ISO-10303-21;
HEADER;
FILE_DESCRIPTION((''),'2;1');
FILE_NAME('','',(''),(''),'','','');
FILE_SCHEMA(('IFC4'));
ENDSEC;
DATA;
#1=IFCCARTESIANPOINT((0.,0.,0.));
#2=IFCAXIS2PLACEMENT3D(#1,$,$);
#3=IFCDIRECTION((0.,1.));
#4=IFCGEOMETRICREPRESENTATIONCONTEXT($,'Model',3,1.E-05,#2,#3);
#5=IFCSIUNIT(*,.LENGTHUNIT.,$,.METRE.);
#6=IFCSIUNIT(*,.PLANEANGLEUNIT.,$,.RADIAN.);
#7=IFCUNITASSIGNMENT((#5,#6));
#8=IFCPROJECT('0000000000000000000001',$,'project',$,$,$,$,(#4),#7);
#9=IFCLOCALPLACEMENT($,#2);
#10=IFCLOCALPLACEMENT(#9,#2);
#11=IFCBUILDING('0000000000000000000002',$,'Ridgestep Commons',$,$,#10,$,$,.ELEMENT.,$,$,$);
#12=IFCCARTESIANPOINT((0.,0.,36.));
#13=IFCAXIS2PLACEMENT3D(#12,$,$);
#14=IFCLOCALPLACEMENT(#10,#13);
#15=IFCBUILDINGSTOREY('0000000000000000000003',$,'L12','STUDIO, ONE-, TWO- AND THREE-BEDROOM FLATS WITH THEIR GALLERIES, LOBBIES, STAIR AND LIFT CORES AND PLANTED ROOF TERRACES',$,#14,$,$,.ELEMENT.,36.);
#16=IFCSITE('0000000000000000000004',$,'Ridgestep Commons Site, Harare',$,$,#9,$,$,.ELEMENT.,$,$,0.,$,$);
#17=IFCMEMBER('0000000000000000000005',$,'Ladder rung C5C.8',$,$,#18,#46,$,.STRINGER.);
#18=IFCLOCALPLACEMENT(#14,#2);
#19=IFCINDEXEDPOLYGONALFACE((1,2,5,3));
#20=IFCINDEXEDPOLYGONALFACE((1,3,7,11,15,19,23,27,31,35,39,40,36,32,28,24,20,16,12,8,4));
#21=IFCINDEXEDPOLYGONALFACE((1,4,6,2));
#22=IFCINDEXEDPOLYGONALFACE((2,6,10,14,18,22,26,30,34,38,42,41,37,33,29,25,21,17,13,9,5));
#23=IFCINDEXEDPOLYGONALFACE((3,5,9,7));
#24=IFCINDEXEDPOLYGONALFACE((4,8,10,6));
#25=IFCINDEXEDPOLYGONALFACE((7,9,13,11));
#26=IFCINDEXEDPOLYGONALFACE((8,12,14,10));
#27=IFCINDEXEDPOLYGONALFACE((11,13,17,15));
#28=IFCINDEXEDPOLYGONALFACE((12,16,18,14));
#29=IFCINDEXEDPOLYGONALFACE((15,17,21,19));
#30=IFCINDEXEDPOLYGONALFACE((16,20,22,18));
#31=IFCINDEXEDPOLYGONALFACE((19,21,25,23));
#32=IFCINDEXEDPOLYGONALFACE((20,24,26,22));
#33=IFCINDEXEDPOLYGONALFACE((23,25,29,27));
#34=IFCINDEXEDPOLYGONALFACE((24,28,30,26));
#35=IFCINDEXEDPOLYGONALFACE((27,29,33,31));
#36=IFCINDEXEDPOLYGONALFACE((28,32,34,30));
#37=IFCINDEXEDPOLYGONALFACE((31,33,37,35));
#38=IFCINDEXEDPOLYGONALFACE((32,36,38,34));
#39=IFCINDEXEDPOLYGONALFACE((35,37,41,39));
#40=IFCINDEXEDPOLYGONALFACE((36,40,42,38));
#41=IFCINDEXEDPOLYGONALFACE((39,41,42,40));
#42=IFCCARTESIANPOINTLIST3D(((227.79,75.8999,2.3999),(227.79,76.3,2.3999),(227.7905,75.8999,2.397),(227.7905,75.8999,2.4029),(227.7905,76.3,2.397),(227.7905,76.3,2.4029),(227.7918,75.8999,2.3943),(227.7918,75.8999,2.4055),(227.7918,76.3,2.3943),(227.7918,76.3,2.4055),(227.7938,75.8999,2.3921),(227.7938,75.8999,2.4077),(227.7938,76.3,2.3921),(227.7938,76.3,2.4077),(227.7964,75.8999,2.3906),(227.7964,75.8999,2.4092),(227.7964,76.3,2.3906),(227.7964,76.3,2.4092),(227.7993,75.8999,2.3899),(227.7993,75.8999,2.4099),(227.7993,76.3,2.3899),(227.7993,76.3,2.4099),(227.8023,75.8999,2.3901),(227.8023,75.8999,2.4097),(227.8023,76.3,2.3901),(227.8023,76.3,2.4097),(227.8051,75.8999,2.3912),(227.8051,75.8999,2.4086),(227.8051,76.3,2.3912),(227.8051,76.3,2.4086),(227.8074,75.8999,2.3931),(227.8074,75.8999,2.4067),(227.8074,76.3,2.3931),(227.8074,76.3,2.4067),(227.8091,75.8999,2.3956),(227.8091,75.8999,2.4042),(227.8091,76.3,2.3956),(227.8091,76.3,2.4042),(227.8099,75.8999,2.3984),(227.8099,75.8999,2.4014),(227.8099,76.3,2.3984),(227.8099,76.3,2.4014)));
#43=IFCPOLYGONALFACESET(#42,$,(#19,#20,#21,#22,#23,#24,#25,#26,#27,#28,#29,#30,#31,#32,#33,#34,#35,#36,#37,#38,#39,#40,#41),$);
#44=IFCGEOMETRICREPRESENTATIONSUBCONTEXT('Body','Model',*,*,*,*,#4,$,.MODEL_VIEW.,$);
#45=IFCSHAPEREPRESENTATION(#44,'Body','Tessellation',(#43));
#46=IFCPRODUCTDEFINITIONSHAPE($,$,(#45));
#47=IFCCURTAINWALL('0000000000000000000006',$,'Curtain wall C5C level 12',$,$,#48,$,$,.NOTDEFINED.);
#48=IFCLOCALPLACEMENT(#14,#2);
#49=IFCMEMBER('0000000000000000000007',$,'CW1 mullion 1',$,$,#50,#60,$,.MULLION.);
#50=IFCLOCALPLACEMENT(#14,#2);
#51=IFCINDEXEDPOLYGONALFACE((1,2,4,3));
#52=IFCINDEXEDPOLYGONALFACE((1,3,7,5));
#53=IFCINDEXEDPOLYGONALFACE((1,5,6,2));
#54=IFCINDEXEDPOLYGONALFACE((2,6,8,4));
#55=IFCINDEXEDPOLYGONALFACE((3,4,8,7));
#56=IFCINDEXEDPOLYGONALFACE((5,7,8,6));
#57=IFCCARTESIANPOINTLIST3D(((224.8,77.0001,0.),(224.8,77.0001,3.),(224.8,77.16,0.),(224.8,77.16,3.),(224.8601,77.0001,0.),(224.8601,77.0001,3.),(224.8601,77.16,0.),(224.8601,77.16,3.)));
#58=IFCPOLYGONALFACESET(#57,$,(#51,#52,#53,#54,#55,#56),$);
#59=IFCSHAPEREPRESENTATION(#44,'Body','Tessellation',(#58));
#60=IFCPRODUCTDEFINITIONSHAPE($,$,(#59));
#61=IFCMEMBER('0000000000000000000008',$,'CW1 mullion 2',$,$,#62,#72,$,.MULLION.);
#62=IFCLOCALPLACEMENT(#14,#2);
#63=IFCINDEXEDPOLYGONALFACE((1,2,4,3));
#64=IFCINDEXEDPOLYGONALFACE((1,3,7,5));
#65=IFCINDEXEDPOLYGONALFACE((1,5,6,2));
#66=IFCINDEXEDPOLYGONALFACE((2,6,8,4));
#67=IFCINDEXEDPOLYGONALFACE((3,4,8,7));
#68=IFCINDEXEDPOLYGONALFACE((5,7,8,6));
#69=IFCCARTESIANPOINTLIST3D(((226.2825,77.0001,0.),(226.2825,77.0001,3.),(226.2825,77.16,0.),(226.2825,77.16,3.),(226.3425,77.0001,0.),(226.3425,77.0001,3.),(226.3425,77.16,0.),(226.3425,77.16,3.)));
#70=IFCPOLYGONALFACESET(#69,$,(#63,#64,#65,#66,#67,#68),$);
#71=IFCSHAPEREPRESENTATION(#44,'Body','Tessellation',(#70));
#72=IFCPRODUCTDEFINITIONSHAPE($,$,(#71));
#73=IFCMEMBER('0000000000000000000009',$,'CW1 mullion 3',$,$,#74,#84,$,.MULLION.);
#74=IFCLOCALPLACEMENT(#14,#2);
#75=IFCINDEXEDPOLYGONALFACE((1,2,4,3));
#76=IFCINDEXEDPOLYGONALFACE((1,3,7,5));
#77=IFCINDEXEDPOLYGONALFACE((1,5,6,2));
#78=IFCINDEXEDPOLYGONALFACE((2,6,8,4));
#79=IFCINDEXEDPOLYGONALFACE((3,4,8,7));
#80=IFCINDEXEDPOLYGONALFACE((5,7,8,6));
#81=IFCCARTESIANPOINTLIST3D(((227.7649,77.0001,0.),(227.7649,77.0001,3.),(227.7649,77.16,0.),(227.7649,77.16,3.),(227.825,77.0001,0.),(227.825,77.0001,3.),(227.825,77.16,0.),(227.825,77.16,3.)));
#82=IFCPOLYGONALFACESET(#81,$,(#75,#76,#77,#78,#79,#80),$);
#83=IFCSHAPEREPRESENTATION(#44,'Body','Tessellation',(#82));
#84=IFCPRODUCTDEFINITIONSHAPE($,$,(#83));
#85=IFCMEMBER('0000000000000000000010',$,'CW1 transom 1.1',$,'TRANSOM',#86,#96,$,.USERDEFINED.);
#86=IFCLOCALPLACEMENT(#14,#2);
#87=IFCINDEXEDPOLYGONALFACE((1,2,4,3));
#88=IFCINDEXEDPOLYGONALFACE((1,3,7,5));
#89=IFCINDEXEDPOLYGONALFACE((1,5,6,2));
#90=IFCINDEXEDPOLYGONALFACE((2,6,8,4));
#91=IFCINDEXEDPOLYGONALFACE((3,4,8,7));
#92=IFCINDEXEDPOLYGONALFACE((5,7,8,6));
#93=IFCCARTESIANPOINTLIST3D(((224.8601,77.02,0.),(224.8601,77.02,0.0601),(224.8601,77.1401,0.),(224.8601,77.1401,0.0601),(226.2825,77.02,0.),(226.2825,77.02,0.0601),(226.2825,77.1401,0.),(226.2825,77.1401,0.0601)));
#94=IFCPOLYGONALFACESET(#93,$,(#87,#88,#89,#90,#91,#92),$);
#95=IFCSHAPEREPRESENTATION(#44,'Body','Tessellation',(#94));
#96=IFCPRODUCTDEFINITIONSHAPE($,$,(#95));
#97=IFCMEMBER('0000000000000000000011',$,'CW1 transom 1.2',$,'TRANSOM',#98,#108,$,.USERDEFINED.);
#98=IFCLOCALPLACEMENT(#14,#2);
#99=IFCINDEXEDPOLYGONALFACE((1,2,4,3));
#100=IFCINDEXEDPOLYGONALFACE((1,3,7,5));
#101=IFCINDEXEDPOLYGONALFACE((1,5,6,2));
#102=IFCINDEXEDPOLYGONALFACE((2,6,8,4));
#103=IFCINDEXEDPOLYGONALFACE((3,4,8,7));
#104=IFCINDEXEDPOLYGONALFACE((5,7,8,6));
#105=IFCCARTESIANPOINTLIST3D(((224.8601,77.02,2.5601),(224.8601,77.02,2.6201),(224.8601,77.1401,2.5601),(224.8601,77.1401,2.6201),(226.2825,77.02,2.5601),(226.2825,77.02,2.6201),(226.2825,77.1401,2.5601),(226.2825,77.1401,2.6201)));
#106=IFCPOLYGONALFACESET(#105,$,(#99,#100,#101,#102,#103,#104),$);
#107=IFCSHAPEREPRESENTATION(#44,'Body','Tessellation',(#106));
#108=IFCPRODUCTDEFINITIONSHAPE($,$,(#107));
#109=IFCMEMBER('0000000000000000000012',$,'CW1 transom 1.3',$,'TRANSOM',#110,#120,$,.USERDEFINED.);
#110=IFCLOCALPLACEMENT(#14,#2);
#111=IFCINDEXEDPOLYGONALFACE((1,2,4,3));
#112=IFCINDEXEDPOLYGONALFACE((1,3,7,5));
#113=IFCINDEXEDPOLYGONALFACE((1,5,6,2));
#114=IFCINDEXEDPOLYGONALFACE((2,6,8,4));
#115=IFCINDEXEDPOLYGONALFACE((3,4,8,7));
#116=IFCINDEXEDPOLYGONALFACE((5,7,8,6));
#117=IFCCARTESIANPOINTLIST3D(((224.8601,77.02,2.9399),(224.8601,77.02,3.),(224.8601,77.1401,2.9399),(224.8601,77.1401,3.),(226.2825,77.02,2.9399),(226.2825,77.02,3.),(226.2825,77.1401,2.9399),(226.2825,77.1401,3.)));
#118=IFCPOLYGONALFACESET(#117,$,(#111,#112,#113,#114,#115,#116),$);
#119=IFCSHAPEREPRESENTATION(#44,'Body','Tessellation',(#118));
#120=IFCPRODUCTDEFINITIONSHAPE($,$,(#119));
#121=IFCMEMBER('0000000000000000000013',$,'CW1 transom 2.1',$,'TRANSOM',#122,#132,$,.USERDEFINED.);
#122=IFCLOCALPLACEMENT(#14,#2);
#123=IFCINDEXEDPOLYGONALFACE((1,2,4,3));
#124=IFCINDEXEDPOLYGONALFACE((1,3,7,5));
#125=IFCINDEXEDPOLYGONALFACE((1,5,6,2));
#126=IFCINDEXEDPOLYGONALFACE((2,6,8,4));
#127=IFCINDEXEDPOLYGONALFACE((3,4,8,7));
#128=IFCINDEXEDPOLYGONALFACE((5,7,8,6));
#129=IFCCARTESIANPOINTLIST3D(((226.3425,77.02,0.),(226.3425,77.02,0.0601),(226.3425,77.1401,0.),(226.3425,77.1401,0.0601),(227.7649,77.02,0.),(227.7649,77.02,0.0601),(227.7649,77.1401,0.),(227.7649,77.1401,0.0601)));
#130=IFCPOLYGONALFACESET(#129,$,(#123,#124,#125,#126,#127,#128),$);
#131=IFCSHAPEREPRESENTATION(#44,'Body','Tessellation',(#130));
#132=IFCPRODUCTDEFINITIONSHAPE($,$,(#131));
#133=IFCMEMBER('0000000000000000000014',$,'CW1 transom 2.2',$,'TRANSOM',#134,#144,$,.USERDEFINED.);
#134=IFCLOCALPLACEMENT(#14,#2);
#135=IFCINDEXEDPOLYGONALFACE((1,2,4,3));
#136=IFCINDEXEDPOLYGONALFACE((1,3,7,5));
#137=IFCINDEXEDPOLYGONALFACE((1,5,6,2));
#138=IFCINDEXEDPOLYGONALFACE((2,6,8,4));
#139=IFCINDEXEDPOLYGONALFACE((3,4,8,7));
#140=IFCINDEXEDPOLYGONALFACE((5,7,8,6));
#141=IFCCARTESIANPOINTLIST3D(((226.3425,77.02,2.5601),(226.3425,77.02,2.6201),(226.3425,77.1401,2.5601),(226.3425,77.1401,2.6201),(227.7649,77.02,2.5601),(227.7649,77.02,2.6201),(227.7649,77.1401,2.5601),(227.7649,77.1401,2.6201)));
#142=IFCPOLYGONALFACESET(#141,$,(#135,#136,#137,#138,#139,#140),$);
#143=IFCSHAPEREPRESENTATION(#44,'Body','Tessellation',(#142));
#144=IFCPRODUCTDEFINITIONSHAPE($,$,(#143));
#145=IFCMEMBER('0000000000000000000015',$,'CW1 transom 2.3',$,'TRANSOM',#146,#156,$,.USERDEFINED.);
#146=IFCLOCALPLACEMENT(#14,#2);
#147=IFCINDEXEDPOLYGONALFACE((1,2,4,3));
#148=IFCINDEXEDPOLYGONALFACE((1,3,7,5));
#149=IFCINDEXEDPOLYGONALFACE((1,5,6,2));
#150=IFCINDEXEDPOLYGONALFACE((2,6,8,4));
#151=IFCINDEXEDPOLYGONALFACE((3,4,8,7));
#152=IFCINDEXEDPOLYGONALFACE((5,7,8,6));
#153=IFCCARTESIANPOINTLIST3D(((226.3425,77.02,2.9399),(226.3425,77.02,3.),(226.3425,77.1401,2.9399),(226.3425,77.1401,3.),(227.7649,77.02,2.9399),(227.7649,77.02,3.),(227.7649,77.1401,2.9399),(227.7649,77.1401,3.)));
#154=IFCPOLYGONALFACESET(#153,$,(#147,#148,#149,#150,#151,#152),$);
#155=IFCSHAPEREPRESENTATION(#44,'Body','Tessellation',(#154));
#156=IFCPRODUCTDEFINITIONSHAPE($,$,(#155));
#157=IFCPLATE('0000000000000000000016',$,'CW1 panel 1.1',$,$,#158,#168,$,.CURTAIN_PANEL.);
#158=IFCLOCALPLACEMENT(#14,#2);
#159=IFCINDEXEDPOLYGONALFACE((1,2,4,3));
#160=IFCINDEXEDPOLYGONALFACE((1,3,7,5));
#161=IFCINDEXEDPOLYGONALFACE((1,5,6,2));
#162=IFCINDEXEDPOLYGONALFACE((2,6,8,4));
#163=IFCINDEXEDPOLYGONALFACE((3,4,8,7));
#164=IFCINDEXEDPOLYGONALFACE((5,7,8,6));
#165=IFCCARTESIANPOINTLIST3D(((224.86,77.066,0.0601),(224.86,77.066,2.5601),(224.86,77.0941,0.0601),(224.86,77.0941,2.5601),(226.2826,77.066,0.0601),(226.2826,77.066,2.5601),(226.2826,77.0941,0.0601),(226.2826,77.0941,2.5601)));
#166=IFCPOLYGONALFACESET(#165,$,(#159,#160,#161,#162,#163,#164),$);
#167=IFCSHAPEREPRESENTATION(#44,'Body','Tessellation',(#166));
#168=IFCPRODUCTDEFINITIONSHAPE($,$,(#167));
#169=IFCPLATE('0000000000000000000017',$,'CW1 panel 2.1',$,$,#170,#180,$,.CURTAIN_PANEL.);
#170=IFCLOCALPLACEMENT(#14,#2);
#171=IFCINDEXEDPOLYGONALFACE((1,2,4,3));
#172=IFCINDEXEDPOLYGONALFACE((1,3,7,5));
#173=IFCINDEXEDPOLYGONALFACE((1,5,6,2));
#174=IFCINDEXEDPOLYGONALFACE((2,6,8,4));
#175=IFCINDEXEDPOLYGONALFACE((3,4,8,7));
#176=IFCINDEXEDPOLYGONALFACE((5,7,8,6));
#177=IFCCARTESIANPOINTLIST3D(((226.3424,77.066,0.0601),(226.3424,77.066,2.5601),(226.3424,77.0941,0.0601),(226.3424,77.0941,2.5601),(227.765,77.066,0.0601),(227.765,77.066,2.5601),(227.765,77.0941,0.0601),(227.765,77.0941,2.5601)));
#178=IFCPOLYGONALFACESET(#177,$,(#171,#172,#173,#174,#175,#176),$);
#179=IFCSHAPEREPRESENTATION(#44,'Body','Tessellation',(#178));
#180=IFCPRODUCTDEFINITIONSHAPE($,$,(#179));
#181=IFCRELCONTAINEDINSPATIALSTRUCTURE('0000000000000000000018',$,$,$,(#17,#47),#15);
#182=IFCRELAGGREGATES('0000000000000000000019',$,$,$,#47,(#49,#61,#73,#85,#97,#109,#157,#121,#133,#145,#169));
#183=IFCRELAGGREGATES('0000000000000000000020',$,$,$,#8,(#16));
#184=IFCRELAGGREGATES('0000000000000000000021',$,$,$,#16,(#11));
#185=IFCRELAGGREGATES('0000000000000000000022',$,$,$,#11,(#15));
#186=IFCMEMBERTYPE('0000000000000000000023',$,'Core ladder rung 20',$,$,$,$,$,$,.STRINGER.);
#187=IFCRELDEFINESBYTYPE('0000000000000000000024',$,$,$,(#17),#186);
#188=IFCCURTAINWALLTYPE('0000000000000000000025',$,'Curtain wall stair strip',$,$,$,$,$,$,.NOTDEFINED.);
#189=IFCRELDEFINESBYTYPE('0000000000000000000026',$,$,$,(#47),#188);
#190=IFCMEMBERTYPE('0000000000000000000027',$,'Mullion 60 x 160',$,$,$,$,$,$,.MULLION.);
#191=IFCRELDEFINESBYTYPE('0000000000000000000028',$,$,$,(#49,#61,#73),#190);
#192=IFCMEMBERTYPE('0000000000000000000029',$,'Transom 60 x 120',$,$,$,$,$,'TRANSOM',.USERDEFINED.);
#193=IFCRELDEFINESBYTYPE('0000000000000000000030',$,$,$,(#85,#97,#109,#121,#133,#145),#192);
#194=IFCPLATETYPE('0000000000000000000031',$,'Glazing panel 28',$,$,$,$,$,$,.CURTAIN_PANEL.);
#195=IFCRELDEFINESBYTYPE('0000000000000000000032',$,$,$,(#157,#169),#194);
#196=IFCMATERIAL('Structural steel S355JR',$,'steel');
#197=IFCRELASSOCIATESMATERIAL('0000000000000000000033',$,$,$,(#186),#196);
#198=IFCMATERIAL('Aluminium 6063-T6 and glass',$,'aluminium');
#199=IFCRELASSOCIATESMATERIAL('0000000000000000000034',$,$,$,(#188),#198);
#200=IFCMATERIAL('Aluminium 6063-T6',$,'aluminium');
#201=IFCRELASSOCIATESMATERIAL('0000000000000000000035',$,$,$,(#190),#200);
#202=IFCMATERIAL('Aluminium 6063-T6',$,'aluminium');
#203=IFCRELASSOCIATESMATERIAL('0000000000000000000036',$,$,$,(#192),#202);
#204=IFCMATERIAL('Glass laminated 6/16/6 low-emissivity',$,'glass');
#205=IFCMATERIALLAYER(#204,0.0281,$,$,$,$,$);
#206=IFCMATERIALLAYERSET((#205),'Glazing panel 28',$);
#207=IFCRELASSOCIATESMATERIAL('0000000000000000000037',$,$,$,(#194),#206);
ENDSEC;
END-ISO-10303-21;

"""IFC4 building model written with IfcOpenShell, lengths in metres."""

from ifc_helpers import new_model, si_unit, direction, frame, origin, origin_2d, place, context, subcontext, project, spatial, rectangle, circle, extrude, material, layer, layer_set, material_profile, profile_set, type_object, element, aggregate, save


model = new_model("IFC4")

# Units and contexts
model_context = context("Model", 3, precision=1e-05, world=origin(), true_north=direction((0.0, 1.0)))
body_context = subcontext(model_context, "Body", "Model", "MODEL_VIEW")
ifc_project = project(units=[si_unit("LENGTHUNIT", "METRE"), si_unit("PLANEANGLEUNIT", "RADIAN")], contexts=[model_context])

# Site, building, storey
site_placement = place(None, origin())
site = spatial("IfcSite", under=ifc_project, at=site_placement, Name="Ridgestep Commons Site, Harare", CompositionType="ELEMENT", RefElevation=0.0)
building_placement = place(site_placement, origin())
building = spatial("IfcBuilding", under=site, at=building_placement, Name="Ridgestep Commons", CompositionType="ELEMENT")
storey_placement = place(building_placement, frame((0.0, 0.0, 36.0)))
storey = spatial("IfcBuildingStorey", under=building, at=storey_placement, Name="L12", Description="STUDIO, ONE-, TWO- AND THREE-BEDROOM FLATS WITH THEIR GALLERIES, LOBBIES, STAIR AND LIFT CORES AND PLANTED ROOF TERRACES", CompositionType="ELEMENT", Elevation=36.0)

# Member
ifc_material_1 = material(Name="Structural steel S355JR", Category="steel")
ifc_material_profile_1 = material_profile(ifc_material_1, circle(Radius=0.01, at=origin_2d()), Name="Round bar 20")
ifc_profile_set_1 = profile_set([ifc_material_profile_1], Name="Structural steel S355JR")
member_type_1 = type_object("IfcMemberType", Name="Core ladder rung 20", PredefinedType="STRINGER", material=ifc_profile_set_1)
for number, where, z_axis, x_axis, name in (
    (1, (227.8, 75.8999, 2.3999), (0.0, 1.0, 0.0), (-1.0, 0.0, 0.0), "Ladder rung C5C.8"),
):
    element("IfcMember", number, at=place(storey_placement, frame(where, z_axis=z_axis, x_axis=x_axis)), inside=storey, type_object=member_type_1, Name=name, PredefinedType="STRINGER", context=body_context, shape_type="SweptSolid", body=[
        extrude(circle(Radius=0.01, at=origin_2d()), origin(), (0.0, 0.0, 1.0), 0.4001),
    ])

# Curtain wall, members, plates
ifc_material_2 = material(Name="Aluminium 6063-T6 and glass", Category="aluminium")
curtain_wall_type = type_object("IfcCurtainWallType", Name="Curtain wall stair strip", PredefinedType="NOTDEFINED", material=ifc_material_2)
curtain_wall_placement = place(storey_placement, origin())
curtain_wall = element("IfcCurtainWall", 2, at=curtain_wall_placement, inside=storey, type_object=curtain_wall_type, Name="Curtain wall C5C level 12", PredefinedType="NOTDEFINED")
ifc_material_3 = material(Name="Aluminium 6063-T6", Category="aluminium")
ifc_material_profile_2 = material_profile(ifc_material_3, rectangle(XDim=0.1599, YDim=0.0601, at=origin_2d()), Name="Mullion 60 x 160")
ifc_profile_set_2 = profile_set([ifc_material_profile_2], Name="Aluminium 6063-T6")
member_type_2 = type_object("IfcMemberType", Name="Mullion 60 x 160", PredefinedType="MULLION", material=ifc_profile_set_2)
member_1_placement = place(storey_placement, frame((224.8301, 77.0801, 0.0), z_axis=(0.0, 0.0, 1.0), x_axis=(0.0, 1.0, 0.0)))
member_1 = element("IfcMember", 3, at=member_1_placement, type_object=member_type_2, Name="CW1 mullion 1", PredefinedType="MULLION", context=body_context, shape_type="SweptSolid", body=[
    extrude(rectangle(XDim=0.1599, YDim=0.0601, at=origin_2d()), origin(), (0.0, 0.0, 1.0), 3.0),
])
member_2_placement = place(storey_placement, frame((226.3125, 77.0801, 0.0), z_axis=(0.0, 0.0, 1.0), x_axis=(0.0, 1.0, 0.0)))
member_2 = element("IfcMember", 4, at=member_2_placement, type_object=member_type_2, Name="CW1 mullion 2", PredefinedType="MULLION", context=body_context, shape_type="SweptSolid", body=[
    extrude(rectangle(XDim=0.1599, YDim=0.0601, at=origin_2d()), origin(), (0.0, 0.0, 1.0), 3.0),
])
member_3_placement = place(storey_placement, frame((227.7949, 77.0801, 0.0), z_axis=(0.0, 0.0, 1.0), x_axis=(0.0, 1.0, 0.0)))
member_3 = element("IfcMember", 5, at=member_3_placement, type_object=member_type_2, Name="CW1 mullion 3", PredefinedType="MULLION", context=body_context, shape_type="SweptSolid", body=[
    extrude(rectangle(XDim=0.1599, YDim=0.0601, at=origin_2d()), origin(), (0.0, 0.0, 1.0), 3.0),
])
ifc_material_4 = material(Name="Aluminium 6063-T6", Category="aluminium")
ifc_material_profile_3 = material_profile(ifc_material_4, rectangle(XDim=0.1201, YDim=0.0601, at=origin_2d()), Name="Transom 60 x 120")
ifc_profile_set_3 = profile_set([ifc_material_profile_3], Name="Aluminium 6063-T6")
member_type_3 = type_object("IfcMemberType", Name="Transom 60 x 120", ElementType="TRANSOM", PredefinedType="USERDEFINED", material=ifc_profile_set_3)
member_4_placement = place(storey_placement, frame((224.8601, 77.0801, 0.03), z_axis=(1.0, 0.0, 0.0), x_axis=(0.0, 1.0, 0.0)))
member_4 = element("IfcMember", 6, at=member_4_placement, type_object=member_type_3, Name="CW1 transom 1.1", ObjectType="TRANSOM", PredefinedType="USERDEFINED", context=body_context, shape_type="SweptSolid", body=[
    extrude(rectangle(XDim=0.1201, YDim=0.0601, at=origin_2d()), origin(), (0.0, 0.0, 1.0), 1.4224),
])
member_5_placement = place(storey_placement, frame((224.8601, 77.0801, 2.5901), z_axis=(1.0, 0.0, 0.0), x_axis=(0.0, 1.0, 0.0)))
member_5 = element("IfcMember", 7, at=member_5_placement, type_object=member_type_3, Name="CW1 transom 1.2", ObjectType="TRANSOM", PredefinedType="USERDEFINED", context=body_context, shape_type="SweptSolid", body=[
    extrude(rectangle(XDim=0.1201, YDim=0.0601, at=origin_2d()), origin(), (0.0, 0.0, 1.0), 1.4224),
])
member_6_placement = place(storey_placement, frame((224.8601, 77.0801, 2.97), z_axis=(1.0, 0.0, 0.0), x_axis=(0.0, 1.0, 0.0)))
member_6 = element("IfcMember", 8, at=member_6_placement, type_object=member_type_3, Name="CW1 transom 1.3", ObjectType="TRANSOM", PredefinedType="USERDEFINED", context=body_context, shape_type="SweptSolid", body=[
    extrude(rectangle(XDim=0.1201, YDim=0.0601, at=origin_2d()), origin(), (0.0, 0.0, 1.0), 1.4224),
])
member_7_placement = place(storey_placement, frame((226.3425, 77.0801, 0.03), z_axis=(1.0, 0.0, 0.0), x_axis=(0.0, 1.0, 0.0)))
member_7 = element("IfcMember", 9, at=member_7_placement, type_object=member_type_3, Name="CW1 transom 2.1", ObjectType="TRANSOM", PredefinedType="USERDEFINED", context=body_context, shape_type="SweptSolid", body=[
    extrude(rectangle(XDim=0.1201, YDim=0.0601, at=origin_2d()), origin(), (0.0, 0.0, 1.0), 1.4224),
])
member_8_placement = place(storey_placement, frame((226.3425, 77.0801, 2.5901), z_axis=(1.0, 0.0, 0.0), x_axis=(0.0, 1.0, 0.0)))
member_8 = element("IfcMember", 10, at=member_8_placement, type_object=member_type_3, Name="CW1 transom 2.2", ObjectType="TRANSOM", PredefinedType="USERDEFINED", context=body_context, shape_type="SweptSolid", body=[
    extrude(rectangle(XDim=0.1201, YDim=0.0601, at=origin_2d()), origin(), (0.0, 0.0, 1.0), 1.4224),
])
member_9_placement = place(storey_placement, frame((226.3425, 77.0801, 2.97), z_axis=(1.0, 0.0, 0.0), x_axis=(0.0, 1.0, 0.0)))
member_9 = element("IfcMember", 11, at=member_9_placement, type_object=member_type_3, Name="CW1 transom 2.3", ObjectType="TRANSOM", PredefinedType="USERDEFINED", context=body_context, shape_type="SweptSolid", body=[
    extrude(rectangle(XDim=0.1201, YDim=0.0601, at=origin_2d()), origin(), (0.0, 0.0, 1.0), 1.4224),
])
ifc_material_5 = material(Name="Glass laminated 6/16/6 low-emissivity", Category="glass")
ifc_layer_1 = layer(ifc_material_5, 0.0281)
ifc_layer_set_1 = layer_set([ifc_layer_1], Name="Glazing panel 28")
plate_type_1 = type_object("IfcPlateType", Name="Glazing panel 28", PredefinedType="CURTAIN_PANEL", material=ifc_layer_set_1)
plate_1_placement = place(storey_placement, frame((225.5713, 77.0801, 0.0601), z_axis=(0.0, 0.0, 1.0), x_axis=(1.0, 0.0, 0.0)))
plate_1 = element("IfcPlate", 12, at=plate_1_placement, type_object=plate_type_1, Name="CW1 panel 1.1", PredefinedType="CURTAIN_PANEL", context=body_context, shape_type="SweptSolid", body=[
    extrude(rectangle(XDim=1.4226, YDim=0.0281, at=origin_2d()), origin(), (0.0, 0.0, 1.0), 2.5),
])
plate_2_placement = place(storey_placement, frame((227.0537, 77.0801, 0.0601), z_axis=(0.0, 0.0, 1.0), x_axis=(1.0, 0.0, 0.0)))
plate_2 = element("IfcPlate", 13, at=plate_2_placement, type_object=plate_type_1, Name="CW1 panel 2.1", PredefinedType="CURTAIN_PANEL", context=body_context, shape_type="SweptSolid", body=[
    extrude(rectangle(XDim=1.4226, YDim=0.0281, at=origin_2d()), origin(), (0.0, 0.0, 1.0), 2.5),
])
aggregate(curtain_wall, [member_1, member_2, member_3, member_4, member_5, member_6, plate_1, member_7, member_8, member_9, plate_2])

save(model, "model.ifc")
